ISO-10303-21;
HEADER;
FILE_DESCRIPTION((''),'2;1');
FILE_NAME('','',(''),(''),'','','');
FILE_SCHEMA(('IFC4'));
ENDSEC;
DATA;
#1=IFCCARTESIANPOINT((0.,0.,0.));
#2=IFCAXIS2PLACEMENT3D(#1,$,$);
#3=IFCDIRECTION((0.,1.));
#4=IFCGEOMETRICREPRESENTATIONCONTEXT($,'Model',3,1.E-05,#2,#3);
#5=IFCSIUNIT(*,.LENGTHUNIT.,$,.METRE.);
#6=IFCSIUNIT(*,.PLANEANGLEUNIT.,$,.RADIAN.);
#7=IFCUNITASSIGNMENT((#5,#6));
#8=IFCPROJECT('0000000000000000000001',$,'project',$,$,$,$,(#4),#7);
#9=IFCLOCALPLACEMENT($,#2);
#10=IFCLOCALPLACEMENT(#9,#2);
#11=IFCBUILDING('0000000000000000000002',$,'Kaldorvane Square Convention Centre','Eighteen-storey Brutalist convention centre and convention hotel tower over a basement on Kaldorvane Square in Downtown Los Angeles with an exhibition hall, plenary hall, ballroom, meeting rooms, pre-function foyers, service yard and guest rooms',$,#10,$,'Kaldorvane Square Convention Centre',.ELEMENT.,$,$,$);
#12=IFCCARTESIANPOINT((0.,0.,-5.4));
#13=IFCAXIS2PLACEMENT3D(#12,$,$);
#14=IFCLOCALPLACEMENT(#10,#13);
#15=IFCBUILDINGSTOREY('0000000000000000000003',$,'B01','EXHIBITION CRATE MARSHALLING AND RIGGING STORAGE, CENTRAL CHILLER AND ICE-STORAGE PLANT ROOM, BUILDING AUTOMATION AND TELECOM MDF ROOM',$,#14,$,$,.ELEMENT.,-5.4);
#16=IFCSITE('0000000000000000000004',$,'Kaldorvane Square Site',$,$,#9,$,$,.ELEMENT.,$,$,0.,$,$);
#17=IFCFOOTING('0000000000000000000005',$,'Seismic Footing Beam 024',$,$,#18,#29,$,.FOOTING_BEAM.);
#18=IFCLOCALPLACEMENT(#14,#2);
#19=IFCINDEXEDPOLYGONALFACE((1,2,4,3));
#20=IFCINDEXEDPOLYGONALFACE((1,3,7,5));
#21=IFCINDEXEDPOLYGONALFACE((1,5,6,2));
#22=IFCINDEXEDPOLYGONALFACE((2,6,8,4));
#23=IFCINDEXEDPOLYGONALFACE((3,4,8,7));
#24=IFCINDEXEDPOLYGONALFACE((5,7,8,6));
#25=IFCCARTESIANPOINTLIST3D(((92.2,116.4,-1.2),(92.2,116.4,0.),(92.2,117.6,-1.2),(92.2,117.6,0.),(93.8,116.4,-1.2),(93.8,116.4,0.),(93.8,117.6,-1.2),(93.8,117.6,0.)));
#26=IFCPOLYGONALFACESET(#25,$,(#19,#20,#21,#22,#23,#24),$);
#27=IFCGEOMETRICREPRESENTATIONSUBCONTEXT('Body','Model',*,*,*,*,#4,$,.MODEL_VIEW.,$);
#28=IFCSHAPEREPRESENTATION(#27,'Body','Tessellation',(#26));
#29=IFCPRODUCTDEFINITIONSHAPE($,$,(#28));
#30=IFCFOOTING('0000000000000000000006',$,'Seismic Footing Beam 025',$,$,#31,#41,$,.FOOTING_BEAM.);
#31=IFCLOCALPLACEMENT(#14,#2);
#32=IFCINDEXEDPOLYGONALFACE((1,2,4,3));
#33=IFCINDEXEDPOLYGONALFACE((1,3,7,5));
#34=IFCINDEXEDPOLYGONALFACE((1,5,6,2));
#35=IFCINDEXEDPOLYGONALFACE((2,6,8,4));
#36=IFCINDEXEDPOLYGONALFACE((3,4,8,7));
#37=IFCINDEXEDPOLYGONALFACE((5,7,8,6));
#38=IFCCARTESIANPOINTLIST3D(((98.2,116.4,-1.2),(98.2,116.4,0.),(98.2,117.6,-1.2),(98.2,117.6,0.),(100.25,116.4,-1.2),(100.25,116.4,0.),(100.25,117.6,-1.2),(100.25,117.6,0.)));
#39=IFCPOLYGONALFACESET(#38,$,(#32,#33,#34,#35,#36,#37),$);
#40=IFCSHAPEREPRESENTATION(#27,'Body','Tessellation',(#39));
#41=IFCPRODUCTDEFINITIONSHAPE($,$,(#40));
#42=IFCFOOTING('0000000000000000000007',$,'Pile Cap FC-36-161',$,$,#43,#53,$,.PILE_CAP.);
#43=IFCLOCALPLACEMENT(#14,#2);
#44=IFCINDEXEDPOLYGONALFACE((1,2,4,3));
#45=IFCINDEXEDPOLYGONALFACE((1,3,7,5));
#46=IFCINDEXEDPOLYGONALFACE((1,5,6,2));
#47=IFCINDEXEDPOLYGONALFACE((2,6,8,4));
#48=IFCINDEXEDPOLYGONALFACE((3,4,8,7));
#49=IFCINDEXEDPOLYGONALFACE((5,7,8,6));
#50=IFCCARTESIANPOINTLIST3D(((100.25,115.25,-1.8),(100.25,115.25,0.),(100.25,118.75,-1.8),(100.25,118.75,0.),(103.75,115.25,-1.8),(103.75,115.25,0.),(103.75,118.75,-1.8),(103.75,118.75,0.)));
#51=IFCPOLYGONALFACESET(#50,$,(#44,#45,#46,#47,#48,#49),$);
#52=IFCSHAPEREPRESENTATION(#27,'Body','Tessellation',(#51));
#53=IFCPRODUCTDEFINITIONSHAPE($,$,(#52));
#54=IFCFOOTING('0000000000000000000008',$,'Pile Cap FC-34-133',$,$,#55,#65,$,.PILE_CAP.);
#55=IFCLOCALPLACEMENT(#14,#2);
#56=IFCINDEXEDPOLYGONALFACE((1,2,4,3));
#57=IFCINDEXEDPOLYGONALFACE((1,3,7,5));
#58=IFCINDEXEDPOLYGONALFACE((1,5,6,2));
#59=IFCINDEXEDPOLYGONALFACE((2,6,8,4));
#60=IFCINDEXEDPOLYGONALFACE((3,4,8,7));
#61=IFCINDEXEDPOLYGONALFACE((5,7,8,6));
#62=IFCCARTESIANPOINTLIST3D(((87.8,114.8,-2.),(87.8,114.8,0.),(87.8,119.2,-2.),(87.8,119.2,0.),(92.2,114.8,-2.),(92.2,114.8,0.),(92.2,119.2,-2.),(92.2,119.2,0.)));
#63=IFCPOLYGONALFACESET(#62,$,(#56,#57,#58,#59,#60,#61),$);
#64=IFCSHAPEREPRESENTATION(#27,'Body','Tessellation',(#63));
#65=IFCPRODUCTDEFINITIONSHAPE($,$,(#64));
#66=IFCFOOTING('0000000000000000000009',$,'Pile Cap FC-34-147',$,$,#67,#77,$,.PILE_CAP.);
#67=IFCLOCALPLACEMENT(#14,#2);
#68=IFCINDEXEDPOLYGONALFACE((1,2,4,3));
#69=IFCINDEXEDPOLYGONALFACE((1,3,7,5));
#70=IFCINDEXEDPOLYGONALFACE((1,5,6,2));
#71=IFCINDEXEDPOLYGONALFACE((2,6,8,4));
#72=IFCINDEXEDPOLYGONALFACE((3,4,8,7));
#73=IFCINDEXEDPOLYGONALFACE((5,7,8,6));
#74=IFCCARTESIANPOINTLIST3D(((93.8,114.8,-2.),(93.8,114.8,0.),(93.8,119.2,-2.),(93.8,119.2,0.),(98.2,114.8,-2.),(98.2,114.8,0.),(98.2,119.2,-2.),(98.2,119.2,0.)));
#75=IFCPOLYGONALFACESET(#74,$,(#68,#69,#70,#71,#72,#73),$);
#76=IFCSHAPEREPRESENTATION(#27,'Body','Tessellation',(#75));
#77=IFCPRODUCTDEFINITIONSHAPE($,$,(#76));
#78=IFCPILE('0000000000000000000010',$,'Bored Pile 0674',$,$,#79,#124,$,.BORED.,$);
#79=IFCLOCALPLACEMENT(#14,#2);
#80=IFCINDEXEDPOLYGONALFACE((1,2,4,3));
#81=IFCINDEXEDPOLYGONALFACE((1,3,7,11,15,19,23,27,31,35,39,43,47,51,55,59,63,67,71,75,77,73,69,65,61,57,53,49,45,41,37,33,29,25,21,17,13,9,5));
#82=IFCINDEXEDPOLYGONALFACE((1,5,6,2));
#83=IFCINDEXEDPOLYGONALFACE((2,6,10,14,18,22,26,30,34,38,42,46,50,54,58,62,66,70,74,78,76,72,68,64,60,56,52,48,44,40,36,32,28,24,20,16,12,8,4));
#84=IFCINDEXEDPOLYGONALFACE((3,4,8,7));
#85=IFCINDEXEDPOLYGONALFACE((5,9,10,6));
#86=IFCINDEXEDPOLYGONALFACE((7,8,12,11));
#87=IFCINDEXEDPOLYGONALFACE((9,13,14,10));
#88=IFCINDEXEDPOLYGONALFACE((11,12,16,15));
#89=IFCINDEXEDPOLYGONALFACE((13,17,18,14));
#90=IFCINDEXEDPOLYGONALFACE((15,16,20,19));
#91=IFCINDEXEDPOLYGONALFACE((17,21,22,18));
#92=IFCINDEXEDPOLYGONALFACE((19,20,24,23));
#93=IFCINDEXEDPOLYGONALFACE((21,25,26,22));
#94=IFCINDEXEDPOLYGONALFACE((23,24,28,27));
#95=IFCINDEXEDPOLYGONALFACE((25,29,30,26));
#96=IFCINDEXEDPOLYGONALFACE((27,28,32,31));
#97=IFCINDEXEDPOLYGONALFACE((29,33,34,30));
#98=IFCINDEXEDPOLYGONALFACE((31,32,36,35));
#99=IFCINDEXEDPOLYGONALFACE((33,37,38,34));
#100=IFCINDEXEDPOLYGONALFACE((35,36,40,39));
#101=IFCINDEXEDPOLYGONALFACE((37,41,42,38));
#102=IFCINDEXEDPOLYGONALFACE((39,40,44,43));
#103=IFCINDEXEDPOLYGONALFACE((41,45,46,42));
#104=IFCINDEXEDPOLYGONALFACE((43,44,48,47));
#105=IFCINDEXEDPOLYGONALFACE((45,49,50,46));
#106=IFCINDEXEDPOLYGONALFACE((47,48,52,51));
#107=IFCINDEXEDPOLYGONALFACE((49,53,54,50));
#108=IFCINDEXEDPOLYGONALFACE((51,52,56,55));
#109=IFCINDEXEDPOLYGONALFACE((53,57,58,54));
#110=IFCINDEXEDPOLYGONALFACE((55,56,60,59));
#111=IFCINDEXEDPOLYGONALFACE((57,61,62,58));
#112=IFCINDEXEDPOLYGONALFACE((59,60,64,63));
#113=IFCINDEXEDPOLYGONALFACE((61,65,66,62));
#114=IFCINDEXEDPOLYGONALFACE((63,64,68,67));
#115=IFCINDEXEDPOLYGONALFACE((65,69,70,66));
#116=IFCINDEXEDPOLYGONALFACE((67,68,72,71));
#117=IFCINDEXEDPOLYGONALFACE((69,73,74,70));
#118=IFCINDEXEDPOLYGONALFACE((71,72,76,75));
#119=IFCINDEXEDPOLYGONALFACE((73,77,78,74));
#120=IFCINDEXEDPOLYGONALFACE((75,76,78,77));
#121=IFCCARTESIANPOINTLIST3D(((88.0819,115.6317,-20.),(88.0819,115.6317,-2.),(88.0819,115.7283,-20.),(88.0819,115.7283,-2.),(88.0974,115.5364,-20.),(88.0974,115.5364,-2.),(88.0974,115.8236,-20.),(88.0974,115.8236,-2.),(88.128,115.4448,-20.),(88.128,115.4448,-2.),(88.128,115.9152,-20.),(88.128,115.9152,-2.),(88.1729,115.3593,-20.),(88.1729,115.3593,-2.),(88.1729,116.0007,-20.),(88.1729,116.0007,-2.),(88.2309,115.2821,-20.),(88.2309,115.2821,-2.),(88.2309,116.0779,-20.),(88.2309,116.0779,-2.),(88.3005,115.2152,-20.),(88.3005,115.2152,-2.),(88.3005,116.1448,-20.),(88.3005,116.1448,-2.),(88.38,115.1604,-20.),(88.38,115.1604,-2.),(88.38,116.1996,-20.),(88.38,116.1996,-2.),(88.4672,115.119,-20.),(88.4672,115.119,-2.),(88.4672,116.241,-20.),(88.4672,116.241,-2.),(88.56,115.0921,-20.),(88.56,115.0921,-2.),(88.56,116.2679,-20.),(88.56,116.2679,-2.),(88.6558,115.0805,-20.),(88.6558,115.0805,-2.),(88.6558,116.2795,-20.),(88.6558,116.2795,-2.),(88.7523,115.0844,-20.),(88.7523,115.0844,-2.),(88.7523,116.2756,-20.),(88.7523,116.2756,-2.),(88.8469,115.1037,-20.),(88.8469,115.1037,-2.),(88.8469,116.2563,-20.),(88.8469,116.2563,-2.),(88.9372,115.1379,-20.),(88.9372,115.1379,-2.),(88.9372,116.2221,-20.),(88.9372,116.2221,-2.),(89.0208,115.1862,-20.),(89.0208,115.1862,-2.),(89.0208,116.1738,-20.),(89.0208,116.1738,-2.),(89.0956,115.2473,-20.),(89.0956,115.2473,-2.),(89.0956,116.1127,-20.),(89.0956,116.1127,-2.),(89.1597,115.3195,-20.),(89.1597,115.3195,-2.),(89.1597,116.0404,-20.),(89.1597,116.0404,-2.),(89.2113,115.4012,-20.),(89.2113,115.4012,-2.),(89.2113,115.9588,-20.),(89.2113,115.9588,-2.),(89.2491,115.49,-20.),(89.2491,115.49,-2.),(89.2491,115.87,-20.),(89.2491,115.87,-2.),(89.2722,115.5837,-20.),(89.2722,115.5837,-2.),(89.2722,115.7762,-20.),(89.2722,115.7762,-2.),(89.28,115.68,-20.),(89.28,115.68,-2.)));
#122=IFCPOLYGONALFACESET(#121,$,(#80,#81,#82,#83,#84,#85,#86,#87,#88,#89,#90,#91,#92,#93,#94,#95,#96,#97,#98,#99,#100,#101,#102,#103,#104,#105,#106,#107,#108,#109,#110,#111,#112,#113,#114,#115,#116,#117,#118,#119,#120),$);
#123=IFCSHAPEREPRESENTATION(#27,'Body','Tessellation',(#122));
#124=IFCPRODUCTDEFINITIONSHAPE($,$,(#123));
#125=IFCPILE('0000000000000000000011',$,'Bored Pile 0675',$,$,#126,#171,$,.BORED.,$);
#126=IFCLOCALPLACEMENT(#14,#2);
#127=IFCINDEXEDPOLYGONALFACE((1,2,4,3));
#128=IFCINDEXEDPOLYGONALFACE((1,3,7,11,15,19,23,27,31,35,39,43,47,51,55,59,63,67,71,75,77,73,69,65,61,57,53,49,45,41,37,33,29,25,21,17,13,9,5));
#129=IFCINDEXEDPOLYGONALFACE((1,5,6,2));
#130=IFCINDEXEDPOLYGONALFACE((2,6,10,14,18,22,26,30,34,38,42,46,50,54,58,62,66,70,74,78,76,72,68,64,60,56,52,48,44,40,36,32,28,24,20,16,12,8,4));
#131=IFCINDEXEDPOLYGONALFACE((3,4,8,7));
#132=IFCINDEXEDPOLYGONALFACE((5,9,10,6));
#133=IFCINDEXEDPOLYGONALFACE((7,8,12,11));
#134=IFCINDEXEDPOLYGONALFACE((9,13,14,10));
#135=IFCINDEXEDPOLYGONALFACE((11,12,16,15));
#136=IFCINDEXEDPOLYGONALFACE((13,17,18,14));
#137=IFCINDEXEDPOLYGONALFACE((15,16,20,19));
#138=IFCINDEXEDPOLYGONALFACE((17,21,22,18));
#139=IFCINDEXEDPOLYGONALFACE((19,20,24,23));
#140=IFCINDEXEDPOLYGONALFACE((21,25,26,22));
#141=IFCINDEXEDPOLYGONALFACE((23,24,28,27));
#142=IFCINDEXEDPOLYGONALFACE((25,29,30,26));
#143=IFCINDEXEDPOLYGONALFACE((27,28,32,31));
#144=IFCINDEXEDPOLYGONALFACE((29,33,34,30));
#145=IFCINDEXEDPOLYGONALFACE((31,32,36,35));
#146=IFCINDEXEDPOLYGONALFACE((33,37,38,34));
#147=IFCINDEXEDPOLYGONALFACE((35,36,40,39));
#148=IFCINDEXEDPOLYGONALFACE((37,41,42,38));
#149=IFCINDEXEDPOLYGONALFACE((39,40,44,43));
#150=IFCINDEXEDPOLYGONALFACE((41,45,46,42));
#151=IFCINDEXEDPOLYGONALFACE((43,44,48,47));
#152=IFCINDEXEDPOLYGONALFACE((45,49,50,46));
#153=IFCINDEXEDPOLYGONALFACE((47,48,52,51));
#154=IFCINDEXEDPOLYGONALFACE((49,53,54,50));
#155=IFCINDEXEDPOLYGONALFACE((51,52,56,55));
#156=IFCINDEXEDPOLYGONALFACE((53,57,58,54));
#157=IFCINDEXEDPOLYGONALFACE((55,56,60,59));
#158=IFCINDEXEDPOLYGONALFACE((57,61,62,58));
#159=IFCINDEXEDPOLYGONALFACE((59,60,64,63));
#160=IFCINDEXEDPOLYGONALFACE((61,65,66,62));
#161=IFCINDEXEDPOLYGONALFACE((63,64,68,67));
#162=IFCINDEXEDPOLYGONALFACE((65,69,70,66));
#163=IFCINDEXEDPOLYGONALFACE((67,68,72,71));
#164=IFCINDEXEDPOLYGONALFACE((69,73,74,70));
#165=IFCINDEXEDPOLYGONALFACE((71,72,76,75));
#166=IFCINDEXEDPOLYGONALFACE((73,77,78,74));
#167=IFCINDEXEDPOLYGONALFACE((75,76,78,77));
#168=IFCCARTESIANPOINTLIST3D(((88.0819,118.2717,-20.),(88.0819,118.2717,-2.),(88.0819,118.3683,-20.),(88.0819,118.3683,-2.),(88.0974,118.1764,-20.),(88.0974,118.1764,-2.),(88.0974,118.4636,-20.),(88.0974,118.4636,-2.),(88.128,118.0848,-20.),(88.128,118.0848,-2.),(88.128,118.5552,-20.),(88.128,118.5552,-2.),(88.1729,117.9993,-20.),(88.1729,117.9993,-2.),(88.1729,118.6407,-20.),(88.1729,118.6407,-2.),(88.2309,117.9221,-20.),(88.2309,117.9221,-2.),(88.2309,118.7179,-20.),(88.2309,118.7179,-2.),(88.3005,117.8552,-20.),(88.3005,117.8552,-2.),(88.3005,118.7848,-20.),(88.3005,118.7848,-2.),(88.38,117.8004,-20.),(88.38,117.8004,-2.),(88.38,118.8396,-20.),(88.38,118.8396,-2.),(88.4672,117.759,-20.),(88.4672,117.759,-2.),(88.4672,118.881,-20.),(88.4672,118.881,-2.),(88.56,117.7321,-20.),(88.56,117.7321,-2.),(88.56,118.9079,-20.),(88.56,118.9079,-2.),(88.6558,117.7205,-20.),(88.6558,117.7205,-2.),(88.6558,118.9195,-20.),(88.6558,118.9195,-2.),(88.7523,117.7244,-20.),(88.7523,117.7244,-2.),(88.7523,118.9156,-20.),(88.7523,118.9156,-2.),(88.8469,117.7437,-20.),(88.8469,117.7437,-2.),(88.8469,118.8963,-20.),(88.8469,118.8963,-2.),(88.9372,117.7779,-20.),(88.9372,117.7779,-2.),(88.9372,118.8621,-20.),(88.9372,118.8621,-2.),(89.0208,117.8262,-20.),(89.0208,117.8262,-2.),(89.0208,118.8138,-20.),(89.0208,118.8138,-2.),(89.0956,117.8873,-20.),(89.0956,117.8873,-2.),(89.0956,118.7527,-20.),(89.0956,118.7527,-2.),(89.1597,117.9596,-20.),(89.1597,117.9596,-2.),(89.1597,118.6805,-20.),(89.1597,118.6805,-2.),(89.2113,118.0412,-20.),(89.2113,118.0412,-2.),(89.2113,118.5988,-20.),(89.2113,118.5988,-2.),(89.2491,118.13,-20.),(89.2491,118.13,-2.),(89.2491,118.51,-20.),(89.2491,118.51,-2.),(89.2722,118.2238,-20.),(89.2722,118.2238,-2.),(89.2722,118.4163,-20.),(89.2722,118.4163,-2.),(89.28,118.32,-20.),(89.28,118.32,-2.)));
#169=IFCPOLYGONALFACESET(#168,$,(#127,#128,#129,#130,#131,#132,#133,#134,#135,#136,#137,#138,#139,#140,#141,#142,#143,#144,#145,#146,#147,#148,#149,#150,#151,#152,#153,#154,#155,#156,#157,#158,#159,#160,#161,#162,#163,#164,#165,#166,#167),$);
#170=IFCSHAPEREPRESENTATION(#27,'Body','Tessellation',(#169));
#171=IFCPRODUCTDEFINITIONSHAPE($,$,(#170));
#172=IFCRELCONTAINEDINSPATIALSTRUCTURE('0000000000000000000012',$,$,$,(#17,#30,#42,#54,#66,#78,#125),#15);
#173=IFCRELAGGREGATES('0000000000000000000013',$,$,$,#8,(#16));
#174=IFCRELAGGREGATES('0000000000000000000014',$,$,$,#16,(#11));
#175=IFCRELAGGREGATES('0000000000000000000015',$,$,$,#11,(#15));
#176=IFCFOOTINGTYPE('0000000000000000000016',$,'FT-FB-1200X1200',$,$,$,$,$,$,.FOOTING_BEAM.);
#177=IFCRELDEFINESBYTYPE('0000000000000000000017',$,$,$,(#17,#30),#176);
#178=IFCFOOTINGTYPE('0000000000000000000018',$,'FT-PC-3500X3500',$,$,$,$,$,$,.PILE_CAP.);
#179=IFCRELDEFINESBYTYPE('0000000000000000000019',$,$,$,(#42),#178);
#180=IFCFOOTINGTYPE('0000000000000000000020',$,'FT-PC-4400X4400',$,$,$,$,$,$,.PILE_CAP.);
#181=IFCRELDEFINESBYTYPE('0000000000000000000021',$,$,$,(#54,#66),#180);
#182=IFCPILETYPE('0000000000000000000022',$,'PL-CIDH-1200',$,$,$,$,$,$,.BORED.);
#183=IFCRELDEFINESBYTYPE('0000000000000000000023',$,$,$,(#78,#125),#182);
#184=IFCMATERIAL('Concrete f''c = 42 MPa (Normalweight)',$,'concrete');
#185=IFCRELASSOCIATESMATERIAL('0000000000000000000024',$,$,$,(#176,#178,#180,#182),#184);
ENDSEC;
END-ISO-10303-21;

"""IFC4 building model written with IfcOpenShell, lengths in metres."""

from ifc_helpers import new_model, si_unit, direction, frame, origin, origin_2d, place, context, subcontext, project, spatial, rectangle, circle, extrude, material, material_profile, profile_set, type_object, element, save


model = new_model("IFC4")

# Units and contexts
model_context = context("Model", 3, precision=1e-05, world=origin(), true_north=direction((0.0, 1.0)))
body_context = subcontext(model_context, "Body", "Model", "MODEL_VIEW")
ifc_project = project(units=[si_unit("LENGTHUNIT", "METRE"), si_unit("PLANEANGLEUNIT", "RADIAN")], contexts=[model_context])

# Site, building, storey
site_placement = place(None, origin())
site = spatial("IfcSite", under=ifc_project, at=site_placement, Name="Kaldorvane Square Site", CompositionType="ELEMENT", RefElevation=0.0)
building_placement = place(site_placement, origin())
building = spatial("IfcBuilding", under=site, at=building_placement, Name="Kaldorvane Square Convention Centre", Description="Eighteen-storey Brutalist convention centre and convention hotel tower over a basement on Kaldorvane Square in Downtown Los Angeles with an exhibition hall, plenary hall, ballroom, meeting rooms, pre-function foyers, service yard and guest rooms", LongName="Kaldorvane Square Convention Centre", CompositionType="ELEMENT")
storey_placement = place(building_placement, frame((0.0, 0.0, -5.4)))
storey = spatial("IfcBuildingStorey", under=building, at=storey_placement, Name="B01", Description="EXHIBITION CRATE MARSHALLING AND RIGGING STORAGE, CENTRAL CHILLER AND ICE-STORAGE PLANT ROOM, BUILDING AUTOMATION AND TELECOM MDF ROOM", CompositionType="ELEMENT", Elevation=-5.4)

# Footings
ifc_material_1 = material(Name="Concrete f'c = 42 MPa (Normalweight)", Category="concrete")
footing_type_1 = type_object("IfcFootingType", Name="FT-FB-1200X1200", PredefinedType="FOOTING_BEAM", material=ifc_material_1)
footing_1_placement = place(storey_placement, frame((93.0, 117.0, -1.2), z_axis=(0.0, 0.0, 1.0), x_axis=(1.0, 0.0, 0.0)))
element("IfcFooting", 1, at=footing_1_placement, inside=storey, type_object=footing_type_1, Name="Seismic Footing Beam 024", PredefinedType="FOOTING_BEAM", context=body_context, shape_type="SweptSolid", body=[
    extrude(rectangle(XDim=1.6, YDim=1.2, at=origin_2d()), origin(), (0.0, 0.0, 1.0), 1.2),
])
footing_2_placement = place(storey_placement, frame((99.225, 117.0, -1.2), z_axis=(0.0, 0.0, 1.0), x_axis=(1.0, 0.0, 0.0)))
element("IfcFooting", 2, at=footing_2_placement, inside=storey, type_object=footing_type_1, Name="Seismic Footing Beam 025", PredefinedType="FOOTING_BEAM", context=body_context, shape_type="SweptSolid", body=[
    extrude(rectangle(XDim=2.05, YDim=1.2, at=origin_2d()), origin(), (0.0, 0.0, 1.0), 1.2),
])
footing_type_2 = type_object("IfcFootingType", Name="FT-PC-3500X3500", PredefinedType="PILE_CAP", material=ifc_material_1)
footing_3_placement = place(storey_placement, frame((102.0, 117.0, -1.8), z_axis=(0.0, 0.0, 1.0), x_axis=(1.0, 0.0, 0.0)))
element("IfcFooting", 3, at=footing_3_placement, inside=storey, type_object=footing_type_2, Name="Pile Cap FC-36-161", PredefinedType="PILE_CAP", context=body_context, shape_type="SweptSolid", body=[
    extrude(rectangle(XDim=3.5, YDim=3.5, at=origin_2d()), origin(), (0.0, 0.0, 1.0), 1.8),
])
footing_type_3 = type_object("IfcFootingType", Name="FT-PC-4400X4400", PredefinedType="PILE_CAP", material=ifc_material_1)
for number, where, z_axis, x_axis, name in (
    (4, (90.0, 117.0, -2.0), (0.0, 0.0, 1.0), (1.0, 0.0, 0.0), "Pile Cap FC-34-133"),
    (5, (96.0, 117.0, -2.0), (0.0, 0.0, 1.0), (1.0, 0.0, 0.0), "Pile Cap FC-34-147"),
):
    element("IfcFooting", number, at=place(storey_placement, frame(where, z_axis=z_axis, x_axis=x_axis)), inside=storey, type_object=footing_type_3, Name=name, PredefinedType="PILE_CAP", context=body_context, shape_type="SweptSolid", body=[
        extrude(rectangle(XDim=4.4, YDim=4.4, at=origin_2d()), origin(), (0.0, 0.0, 1.0), 2.0),
    ])

# Piles
ifc_material_profile_1 = material_profile(ifc_material_1, circle(Radius=0.6, at=origin_2d()), Name="PILE-D1200")
ifc_profile_set_1 = profile_set([ifc_material_profile_1], Name="Concrete f'c = 42 MPa (Normalweight)")
pile_type_1 = type_object("IfcPileType", Name="PL-CIDH-1200", PredefinedType="BORED", material=ifc_profile_set_1)
for number, where, z_axis, x_axis, name in (
    (6, (88.68, 115.68, -2.0), (0.0, 0.0, -1.0), (1.0, 0.0, 0.0), "Bored Pile 0674"),
    (7, (88.68, 118.32, -2.0), (0.0, 0.0, -1.0), (1.0, 0.0, 0.0), "Bored Pile 0675"),
):
    element("IfcPile", number, at=place(storey_placement, frame(where, z_axis=z_axis, x_axis=x_axis)), inside=storey, type_object=pile_type_1, Name=name, PredefinedType="BORED", context=body_context, shape_type="SweptSolid", body=[
        extrude(circle(Radius=0.6, at=origin_2d()), origin(), (0.0, 0.0, 1.0), 18.0),
    ])

save(model, "model.ifc")
